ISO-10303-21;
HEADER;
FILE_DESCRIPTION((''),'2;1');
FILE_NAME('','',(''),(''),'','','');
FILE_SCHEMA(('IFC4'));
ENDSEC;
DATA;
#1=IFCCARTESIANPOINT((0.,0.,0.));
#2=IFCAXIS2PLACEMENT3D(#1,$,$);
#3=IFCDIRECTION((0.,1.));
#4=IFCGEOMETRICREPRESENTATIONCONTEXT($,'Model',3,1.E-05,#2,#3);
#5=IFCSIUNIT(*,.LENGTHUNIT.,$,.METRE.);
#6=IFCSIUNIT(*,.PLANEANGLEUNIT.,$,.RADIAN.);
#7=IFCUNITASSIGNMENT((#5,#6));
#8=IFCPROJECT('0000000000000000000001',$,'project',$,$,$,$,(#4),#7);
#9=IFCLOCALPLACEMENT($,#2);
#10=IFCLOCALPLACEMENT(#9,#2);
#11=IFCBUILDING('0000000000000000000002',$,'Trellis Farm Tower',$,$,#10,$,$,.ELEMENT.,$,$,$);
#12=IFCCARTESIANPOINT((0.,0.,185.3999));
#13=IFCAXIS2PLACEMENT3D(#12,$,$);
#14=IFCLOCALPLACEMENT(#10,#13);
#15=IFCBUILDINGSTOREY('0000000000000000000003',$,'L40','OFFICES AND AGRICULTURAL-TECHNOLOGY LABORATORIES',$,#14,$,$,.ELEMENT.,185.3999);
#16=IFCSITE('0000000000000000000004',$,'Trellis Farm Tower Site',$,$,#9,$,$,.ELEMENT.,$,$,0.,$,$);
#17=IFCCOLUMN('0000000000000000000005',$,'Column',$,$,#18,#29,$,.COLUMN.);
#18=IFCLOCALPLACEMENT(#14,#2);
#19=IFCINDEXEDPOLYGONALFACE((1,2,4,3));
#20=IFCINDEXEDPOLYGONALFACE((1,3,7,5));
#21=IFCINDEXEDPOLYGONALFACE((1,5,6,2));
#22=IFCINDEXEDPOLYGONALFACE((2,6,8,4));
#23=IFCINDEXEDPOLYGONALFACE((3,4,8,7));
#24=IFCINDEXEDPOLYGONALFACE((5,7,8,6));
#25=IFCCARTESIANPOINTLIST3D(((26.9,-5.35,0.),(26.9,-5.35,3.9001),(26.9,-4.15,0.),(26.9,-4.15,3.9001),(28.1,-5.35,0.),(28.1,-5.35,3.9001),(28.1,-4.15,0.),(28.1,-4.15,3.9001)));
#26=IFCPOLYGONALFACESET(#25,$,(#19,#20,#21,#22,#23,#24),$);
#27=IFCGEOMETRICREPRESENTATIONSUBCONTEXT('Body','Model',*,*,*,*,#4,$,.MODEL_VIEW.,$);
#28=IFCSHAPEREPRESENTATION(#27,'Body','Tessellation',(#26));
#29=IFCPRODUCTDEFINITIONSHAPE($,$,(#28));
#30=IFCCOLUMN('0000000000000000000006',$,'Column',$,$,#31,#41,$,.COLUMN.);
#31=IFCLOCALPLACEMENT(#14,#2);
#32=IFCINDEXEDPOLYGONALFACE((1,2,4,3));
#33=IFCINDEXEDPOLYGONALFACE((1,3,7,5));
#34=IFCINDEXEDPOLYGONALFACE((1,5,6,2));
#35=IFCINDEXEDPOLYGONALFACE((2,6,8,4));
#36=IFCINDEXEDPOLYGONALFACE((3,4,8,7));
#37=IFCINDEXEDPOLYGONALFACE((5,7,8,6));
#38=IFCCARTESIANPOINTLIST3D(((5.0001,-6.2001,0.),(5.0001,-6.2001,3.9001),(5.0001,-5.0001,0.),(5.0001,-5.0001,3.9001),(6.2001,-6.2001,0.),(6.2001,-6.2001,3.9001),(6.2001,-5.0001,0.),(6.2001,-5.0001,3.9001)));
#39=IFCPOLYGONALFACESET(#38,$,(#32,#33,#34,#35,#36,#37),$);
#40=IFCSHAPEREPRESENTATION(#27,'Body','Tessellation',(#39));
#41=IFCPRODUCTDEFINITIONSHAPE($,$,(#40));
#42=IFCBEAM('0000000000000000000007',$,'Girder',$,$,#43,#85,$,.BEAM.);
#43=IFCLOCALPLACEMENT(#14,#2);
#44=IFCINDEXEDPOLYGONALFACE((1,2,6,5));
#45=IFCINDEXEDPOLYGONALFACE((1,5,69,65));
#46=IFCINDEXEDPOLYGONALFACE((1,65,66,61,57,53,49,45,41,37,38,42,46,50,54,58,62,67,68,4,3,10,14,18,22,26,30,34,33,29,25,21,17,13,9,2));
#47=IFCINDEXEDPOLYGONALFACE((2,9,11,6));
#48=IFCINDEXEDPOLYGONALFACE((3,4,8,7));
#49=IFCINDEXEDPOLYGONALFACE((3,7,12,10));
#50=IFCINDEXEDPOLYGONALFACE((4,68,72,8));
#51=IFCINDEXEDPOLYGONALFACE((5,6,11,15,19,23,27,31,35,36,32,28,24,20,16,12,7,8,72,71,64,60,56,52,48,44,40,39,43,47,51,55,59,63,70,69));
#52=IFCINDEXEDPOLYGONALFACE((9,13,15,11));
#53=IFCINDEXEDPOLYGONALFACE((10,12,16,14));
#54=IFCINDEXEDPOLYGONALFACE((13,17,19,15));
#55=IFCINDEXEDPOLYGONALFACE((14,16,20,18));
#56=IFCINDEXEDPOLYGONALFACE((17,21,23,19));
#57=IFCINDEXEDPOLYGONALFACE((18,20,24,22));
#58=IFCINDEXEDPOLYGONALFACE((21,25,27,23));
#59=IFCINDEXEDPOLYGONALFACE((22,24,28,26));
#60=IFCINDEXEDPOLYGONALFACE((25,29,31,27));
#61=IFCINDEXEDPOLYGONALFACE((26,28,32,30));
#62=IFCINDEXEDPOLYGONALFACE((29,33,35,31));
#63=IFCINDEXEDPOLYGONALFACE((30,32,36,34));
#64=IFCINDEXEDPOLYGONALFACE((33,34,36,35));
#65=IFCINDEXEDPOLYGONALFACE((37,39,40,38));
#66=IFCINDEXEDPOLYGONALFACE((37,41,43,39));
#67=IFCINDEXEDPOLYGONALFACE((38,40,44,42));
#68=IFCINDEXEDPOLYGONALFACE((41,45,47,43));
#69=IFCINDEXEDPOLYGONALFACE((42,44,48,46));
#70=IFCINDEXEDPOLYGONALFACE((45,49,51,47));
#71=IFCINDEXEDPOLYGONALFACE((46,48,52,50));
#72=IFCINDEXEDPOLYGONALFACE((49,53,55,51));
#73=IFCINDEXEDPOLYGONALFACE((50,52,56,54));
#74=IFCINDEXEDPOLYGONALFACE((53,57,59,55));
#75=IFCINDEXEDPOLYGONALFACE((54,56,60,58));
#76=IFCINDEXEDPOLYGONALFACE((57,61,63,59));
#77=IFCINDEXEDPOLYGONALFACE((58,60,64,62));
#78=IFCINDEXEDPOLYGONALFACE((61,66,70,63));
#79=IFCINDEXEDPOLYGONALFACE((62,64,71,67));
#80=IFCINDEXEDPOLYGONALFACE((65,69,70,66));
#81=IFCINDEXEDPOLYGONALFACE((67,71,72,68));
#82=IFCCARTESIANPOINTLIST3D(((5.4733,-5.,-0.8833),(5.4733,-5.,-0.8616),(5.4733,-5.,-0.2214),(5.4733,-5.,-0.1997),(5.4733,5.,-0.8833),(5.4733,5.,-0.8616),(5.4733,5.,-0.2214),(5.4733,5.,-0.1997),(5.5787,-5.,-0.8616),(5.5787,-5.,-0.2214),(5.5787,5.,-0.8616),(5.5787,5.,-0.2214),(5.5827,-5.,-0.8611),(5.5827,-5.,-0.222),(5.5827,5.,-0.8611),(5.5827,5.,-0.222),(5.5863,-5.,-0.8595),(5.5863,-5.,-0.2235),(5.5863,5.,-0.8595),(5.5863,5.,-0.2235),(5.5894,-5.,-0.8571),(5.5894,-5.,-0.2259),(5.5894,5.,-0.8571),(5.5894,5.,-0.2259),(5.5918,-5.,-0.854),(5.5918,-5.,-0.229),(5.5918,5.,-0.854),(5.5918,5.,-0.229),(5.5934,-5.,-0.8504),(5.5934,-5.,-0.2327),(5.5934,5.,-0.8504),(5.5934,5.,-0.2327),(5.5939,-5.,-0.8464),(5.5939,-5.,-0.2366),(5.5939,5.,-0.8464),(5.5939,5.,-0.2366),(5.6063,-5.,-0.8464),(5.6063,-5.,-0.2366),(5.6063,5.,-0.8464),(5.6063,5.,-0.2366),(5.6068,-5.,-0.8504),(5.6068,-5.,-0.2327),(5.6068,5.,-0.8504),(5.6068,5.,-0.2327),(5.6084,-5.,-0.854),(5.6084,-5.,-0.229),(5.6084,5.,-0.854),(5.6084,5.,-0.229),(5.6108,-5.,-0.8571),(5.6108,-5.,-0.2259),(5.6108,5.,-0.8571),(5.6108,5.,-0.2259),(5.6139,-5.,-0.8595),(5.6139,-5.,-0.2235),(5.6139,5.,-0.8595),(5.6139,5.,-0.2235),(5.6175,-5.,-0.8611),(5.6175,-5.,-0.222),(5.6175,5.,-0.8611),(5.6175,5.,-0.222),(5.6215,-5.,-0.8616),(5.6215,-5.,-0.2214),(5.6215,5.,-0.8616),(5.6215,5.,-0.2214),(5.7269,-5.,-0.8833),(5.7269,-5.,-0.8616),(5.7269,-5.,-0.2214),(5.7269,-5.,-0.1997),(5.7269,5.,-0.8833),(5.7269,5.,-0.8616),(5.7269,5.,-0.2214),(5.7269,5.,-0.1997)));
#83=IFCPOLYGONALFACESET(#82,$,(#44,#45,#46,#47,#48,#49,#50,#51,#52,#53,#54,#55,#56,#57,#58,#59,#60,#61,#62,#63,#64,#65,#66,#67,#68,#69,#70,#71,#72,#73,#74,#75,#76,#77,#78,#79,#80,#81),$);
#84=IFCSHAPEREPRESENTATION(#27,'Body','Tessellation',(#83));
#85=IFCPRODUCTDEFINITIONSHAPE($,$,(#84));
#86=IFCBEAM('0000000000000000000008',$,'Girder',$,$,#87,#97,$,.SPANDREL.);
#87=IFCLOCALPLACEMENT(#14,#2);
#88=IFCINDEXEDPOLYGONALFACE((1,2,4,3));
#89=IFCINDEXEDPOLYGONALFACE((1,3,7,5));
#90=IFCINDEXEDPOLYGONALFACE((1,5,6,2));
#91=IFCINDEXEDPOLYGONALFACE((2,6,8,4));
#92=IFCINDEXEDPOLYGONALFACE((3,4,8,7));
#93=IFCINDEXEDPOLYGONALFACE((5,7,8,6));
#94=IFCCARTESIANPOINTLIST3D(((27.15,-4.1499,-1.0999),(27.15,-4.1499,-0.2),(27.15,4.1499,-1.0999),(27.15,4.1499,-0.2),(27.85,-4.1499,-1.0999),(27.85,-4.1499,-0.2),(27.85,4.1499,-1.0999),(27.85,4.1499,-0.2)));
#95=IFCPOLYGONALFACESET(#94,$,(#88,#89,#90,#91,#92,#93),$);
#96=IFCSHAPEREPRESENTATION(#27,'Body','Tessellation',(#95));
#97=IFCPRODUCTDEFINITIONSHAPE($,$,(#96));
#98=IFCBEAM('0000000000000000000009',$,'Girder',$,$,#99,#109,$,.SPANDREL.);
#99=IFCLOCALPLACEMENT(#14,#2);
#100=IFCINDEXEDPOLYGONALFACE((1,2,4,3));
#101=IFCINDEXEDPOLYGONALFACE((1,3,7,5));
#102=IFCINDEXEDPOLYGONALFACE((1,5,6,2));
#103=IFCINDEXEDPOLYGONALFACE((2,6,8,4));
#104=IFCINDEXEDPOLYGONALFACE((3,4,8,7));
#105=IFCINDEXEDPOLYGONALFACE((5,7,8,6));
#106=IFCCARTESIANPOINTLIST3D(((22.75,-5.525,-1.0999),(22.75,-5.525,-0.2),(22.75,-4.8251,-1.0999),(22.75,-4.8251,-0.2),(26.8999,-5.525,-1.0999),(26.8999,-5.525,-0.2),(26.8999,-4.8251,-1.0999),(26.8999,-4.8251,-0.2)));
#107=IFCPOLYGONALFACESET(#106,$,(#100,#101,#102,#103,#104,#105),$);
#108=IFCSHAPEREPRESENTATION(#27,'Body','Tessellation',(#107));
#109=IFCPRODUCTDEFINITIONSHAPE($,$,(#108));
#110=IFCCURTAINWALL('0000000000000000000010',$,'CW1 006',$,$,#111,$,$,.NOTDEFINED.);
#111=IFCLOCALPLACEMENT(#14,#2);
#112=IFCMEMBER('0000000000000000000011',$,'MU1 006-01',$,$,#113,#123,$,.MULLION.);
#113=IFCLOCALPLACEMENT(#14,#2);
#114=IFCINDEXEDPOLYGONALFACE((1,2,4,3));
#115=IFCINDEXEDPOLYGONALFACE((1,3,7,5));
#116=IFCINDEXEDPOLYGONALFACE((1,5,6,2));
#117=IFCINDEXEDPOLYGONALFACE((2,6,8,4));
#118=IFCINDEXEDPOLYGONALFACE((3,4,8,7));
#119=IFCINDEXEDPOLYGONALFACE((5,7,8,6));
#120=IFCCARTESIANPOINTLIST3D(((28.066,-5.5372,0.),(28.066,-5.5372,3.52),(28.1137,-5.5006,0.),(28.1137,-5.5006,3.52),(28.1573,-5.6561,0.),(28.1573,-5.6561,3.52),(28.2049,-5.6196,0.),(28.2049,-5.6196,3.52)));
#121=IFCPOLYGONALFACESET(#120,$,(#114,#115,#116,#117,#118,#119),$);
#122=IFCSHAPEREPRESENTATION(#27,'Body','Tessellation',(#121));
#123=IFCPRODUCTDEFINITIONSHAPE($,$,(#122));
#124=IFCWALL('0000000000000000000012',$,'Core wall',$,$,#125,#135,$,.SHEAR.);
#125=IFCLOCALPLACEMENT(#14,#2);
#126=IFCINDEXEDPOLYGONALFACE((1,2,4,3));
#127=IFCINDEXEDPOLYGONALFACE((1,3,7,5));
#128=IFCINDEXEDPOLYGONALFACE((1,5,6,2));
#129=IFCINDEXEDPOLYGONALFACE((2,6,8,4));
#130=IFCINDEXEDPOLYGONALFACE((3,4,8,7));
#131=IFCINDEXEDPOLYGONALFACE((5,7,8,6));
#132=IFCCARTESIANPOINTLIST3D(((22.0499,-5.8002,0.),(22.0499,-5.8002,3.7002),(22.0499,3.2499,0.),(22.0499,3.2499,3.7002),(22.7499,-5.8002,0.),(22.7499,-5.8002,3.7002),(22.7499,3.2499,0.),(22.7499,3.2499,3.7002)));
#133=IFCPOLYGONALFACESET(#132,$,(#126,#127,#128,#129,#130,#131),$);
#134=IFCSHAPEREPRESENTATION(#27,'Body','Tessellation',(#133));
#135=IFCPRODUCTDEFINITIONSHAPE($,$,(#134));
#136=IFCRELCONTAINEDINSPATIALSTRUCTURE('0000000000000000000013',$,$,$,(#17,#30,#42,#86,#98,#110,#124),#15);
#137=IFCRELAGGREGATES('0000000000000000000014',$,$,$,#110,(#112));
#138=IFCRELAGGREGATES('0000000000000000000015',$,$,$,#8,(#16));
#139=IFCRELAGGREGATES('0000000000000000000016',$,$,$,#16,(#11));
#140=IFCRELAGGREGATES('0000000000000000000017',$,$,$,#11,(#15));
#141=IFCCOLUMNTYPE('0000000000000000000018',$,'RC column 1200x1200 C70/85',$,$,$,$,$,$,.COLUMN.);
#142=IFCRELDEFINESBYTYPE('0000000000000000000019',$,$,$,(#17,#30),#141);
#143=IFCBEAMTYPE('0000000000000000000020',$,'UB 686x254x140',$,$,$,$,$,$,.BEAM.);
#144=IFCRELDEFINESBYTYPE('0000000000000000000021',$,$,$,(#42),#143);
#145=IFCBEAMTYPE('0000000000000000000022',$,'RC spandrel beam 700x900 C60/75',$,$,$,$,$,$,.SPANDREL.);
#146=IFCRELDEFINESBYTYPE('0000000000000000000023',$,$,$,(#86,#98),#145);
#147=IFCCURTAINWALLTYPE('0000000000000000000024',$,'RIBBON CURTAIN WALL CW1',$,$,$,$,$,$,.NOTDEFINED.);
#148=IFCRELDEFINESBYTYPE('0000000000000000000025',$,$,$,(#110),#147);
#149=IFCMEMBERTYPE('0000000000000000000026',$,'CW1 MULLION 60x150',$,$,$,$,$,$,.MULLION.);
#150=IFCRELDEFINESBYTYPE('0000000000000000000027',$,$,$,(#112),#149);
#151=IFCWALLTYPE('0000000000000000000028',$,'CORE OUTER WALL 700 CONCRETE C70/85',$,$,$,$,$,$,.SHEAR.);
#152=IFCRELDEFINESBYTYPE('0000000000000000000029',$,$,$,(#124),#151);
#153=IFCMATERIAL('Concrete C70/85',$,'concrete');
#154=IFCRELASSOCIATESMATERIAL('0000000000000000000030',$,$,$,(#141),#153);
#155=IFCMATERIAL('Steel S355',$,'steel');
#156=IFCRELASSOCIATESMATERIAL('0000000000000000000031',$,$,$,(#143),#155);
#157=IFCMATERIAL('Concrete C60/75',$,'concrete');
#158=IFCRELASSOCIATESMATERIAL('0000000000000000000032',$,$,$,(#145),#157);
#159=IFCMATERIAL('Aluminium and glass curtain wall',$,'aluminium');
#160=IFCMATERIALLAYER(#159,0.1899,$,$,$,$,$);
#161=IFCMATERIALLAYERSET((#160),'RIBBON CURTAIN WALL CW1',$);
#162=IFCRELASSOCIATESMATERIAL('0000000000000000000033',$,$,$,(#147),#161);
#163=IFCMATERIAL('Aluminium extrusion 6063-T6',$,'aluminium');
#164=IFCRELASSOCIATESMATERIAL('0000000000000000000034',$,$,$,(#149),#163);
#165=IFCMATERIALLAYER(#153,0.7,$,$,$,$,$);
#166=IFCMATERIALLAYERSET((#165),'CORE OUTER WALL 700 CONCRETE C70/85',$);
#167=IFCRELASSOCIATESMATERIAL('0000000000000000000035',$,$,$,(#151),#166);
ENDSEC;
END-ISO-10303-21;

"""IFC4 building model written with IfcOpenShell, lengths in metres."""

from ifc_helpers import new_model, si_unit, direction, frame, frame_2d, origin, origin_2d, place, context, subcontext, project, spatial, rectangle, i_section, extrude, source, transform, mapped, material, layer, layer_set, material_profile, profile_set, type_object, element, aggregate, save


model = new_model("IFC4")

# Units and contexts
model_context = context("Model", 3, precision=1e-05, world=origin(), true_north=direction((0.0, 1.0)))
body_context = subcontext(model_context, "Body", "Model", "MODEL_VIEW")
ifc_project = project(units=[si_unit("LENGTHUNIT", "METRE"), si_unit("PLANEANGLEUNIT", "RADIAN")], contexts=[model_context])

# Site, building, storey
site_placement = place(None, origin())
site = spatial("IfcSite", under=ifc_project, at=site_placement, Name="Trellis Farm Tower Site", CompositionType="ELEMENT", RefElevation=0.0)
building_placement = place(site_placement, origin())
building = spatial("IfcBuilding", under=site, at=building_placement, Name="Trellis Farm Tower", CompositionType="ELEMENT")
storey_placement = place(building_placement, frame((0.0, 0.0, 185.3999)))
storey = spatial("IfcBuildingStorey", under=building, at=storey_placement, Name="L40", Description="OFFICES AND AGRICULTURAL-TECHNOLOGY LABORATORIES", CompositionType="ELEMENT", Elevation=185.3999)

# Columns
ifc_material_1 = material(Name="Concrete C70/85", Category="concrete")
ifc_material_profile_1 = material_profile(ifc_material_1, rectangle(XDim=1.2, YDim=1.2, at=origin_2d()), Name="RC column 1200x1200 C70/85")
ifc_profile_set_1 = profile_set([ifc_material_profile_1], Name="Concrete C70/85")
column_type = type_object("IfcColumnType", Name="RC column 1200x1200 C70/85", PredefinedType="COLUMN", material=ifc_profile_set_1)
shared_shape_1 = source(origin(), body_context, "Body", "SweptSolid", [
    extrude(rectangle(XDim=1.2, YDim=1.2, at=origin_2d()), origin(), (0.0, 0.0, 1.0), 3.9001),
])
for number, where, z_axis, x_axis, name in (
    (1, (27.5, -4.75, 0.0), (0.0, 0.0, 1.0), (1.0, 0.0, 0.0), "Column"),
    (2, (5.6001, -5.6001, 0.0), (0.0, 0.0, 1.0), (1.0, 0.0, 0.0), "Column"),
):
    element("IfcColumn", number, at=place(storey_placement, frame(where, z_axis=z_axis, x_axis=x_axis)), inside=storey, type_object=column_type, Name=name, PredefinedType="COLUMN", context=body_context, shape_type="MappedRepresentation", body=[
        mapped(shared_shape_1, transform((0.0, 0.0, 0.0))),
    ])

# Beams
ifc_material_2 = material(Name="Steel S355", Category="steel")
ifc_material_profile_2 = material_profile(ifc_material_2, i_section(OverallWidth=0.2537, OverallDepth=0.6836, WebThickness=0.0125, FlangeThickness=0.0217, FilletRadius=0.0151, at=origin_2d()), Name="UB 686x254x140")
ifc_profile_set_2 = profile_set([ifc_material_profile_2], Name="Steel S355")
beam_type_1 = type_object("IfcBeamType", Name="UB 686x254x140", PredefinedType="BEAM", material=ifc_profile_set_2)
shared_shape_2 = source(origin(), body_context, "Body", "SweptSolid", [
    extrude(i_section(OverallWidth=0.2537, OverallDepth=0.6836, WebThickness=0.0125, FlangeThickness=0.0217, FilletRadius=0.0151, at=origin_2d()), origin(), (0.0, 0.0, 1.0), 10.0),
])
beam_1_placement = place(storey_placement, frame((5.6001, -5.0, -0.5415), z_axis=(0.0, 1.0, 0.0), x_axis=(-1.0, 0.0, 0.0)))
element("IfcBeam", 3, at=beam_1_placement, inside=storey, type_object=beam_type_1, Name="Girder", PredefinedType="BEAM", context=body_context, shape_type="MappedRepresentation", body=[
    mapped(shared_shape_2, transform((0.0, 0.0, 0.0))),
])
ifc_material_3 = material(Name="Concrete C60/75", Category="concrete")
ifc_material_profile_3 = material_profile(ifc_material_3, rectangle(XDim=0.7, YDim=0.8999, at=origin_2d()), Name="RC spandrel beam 700x900 C60/75")
ifc_profile_set_3 = profile_set([ifc_material_profile_3], Name="Concrete C60/75")
beam_type_2 = type_object("IfcBeamType", Name="RC spandrel beam 700x900 C60/75", PredefinedType="SPANDREL", material=ifc_profile_set_3)
shared_shape_3 = source(origin(), body_context, "Body", "SweptSolid", [
    extrude(rectangle(XDim=0.7, YDim=0.8999, at=origin_2d()), origin(), (0.0, 0.0, 1.0), 8.2998),
])
beam_2_placement = place(storey_placement, frame((27.5, -4.1499, -0.6499), z_axis=(0.0, 1.0, 0.0), x_axis=(-1.0, 0.0, 0.0)))
element("IfcBeam", 4, at=beam_2_placement, inside=storey, type_object=beam_type_2, Name="Girder", PredefinedType="SPANDREL", context=body_context, shape_type="MappedRepresentation", body=[
    mapped(shared_shape_3, transform((0.0, 0.0, 0.0))),
])
shared_shape_4 = source(origin(), body_context, "Body", "SweptSolid", [
    extrude(rectangle(XDim=0.7, YDim=0.8999, at=origin_2d()), origin(), (0.0, 0.0, 1.0), 4.1499),
])
beam_3_placement = place(storey_placement, frame((22.75, -5.175, -0.6499), z_axis=(1.0, 0.0, 0.0), x_axis=(0.0, 1.0, 0.0)))
element("IfcBeam", 5, at=beam_3_placement, inside=storey, type_object=beam_type_2, Name="Girder", PredefinedType="SPANDREL", context=body_context, shape_type="MappedRepresentation", body=[
    mapped(shared_shape_4, transform((0.0, 0.0, 0.0))),
])

# Curtain wall, member
ifc_material_4 = material(Name="Aluminium and glass curtain wall", Category="aluminium")
ifc_layer_1 = layer(ifc_material_4, 0.1899)
ifc_layer_set_1 = layer_set([ifc_layer_1], Name="RIBBON CURTAIN WALL CW1")
curtain_wall_type = type_object("IfcCurtainWallType", Name="RIBBON CURTAIN WALL CW1", PredefinedType="NOTDEFINED", material=ifc_layer_set_1)
placement = place(storey_placement, origin())
curtain_wall = element("IfcCurtainWall", 6, at=placement, inside=storey, type_object=curtain_wall_type, Name="CW1 006", PredefinedType="NOTDEFINED")
ifc_material_5 = material(Name="Aluminium extrusion 6063-T6", Category="aluminium")
ifc_material_profile_4 = material_profile(ifc_material_5, rectangle(XDim=0.0601, YDim=0.1499, at=origin_2d()), Name="MULLION 60x150")
ifc_profile_set_4 = profile_set([ifc_material_profile_4], Name="Aluminium extrusion 6063-T6")
member_type = type_object("IfcMemberType", Name="CW1 MULLION 60x150", PredefinedType="MULLION", material=ifc_profile_set_4)
shared_shape_5 = source(origin(), body_context, "Body", "SweptSolid", [
    extrude(rectangle(XDim=0.0601, YDim=0.1499, at=origin_2d()), origin(), (0.0, 0.0, 1.0), 3.52),
])
member_placement = place(storey_placement, frame((28.1355, -5.5784, 0.0), z_axis=(0.0, 0.0, 1.0), x_axis=(0.793353, 0.608761, 0.0)))
member = element("IfcMember", 7, at=member_placement, type_object=member_type, Name="MU1 006-01", PredefinedType="MULLION", context=body_context, shape_type="MappedRepresentation", body=[
    mapped(shared_shape_5, transform((0.0, 0.0, 0.0))),
])
aggregate(curtain_wall, [member])

# Wall
ifc_layer_2 = layer(ifc_material_1, 0.7)
ifc_layer_set_2 = layer_set([ifc_layer_2], Name="CORE OUTER WALL 700 CONCRETE C70/85")
wall_type_1 = type_object("IfcWallType", Name="CORE OUTER WALL 700 CONCRETE C70/85", PredefinedType="SHEAR", material=ifc_layer_set_2)
shared_shape_6 = source(origin(), body_context, "Body", "SweptSolid", [
    extrude(rectangle(XDim=9.05, YDim=0.7, at=frame_2d((4.5249, 0.0))), origin(), (0.0, 0.0, 1.0), 3.7002),
])
wall_1_placement = place(storey_placement, frame((22.3999, -5.8, 0.0), z_axis=(0.0, 0.0, 1.0), x_axis=(0.0, 1.0, 0.0)))
element("IfcWall", 8, at=wall_1_placement, inside=storey, type_object=wall_type_1, Name="Core wall", PredefinedType="SHEAR", context=body_context, shape_type="MappedRepresentation", body=[
    mapped(shared_shape_6, transform((0.0, 0.0, 0.0))),
])

save(model, "model.ifc")
